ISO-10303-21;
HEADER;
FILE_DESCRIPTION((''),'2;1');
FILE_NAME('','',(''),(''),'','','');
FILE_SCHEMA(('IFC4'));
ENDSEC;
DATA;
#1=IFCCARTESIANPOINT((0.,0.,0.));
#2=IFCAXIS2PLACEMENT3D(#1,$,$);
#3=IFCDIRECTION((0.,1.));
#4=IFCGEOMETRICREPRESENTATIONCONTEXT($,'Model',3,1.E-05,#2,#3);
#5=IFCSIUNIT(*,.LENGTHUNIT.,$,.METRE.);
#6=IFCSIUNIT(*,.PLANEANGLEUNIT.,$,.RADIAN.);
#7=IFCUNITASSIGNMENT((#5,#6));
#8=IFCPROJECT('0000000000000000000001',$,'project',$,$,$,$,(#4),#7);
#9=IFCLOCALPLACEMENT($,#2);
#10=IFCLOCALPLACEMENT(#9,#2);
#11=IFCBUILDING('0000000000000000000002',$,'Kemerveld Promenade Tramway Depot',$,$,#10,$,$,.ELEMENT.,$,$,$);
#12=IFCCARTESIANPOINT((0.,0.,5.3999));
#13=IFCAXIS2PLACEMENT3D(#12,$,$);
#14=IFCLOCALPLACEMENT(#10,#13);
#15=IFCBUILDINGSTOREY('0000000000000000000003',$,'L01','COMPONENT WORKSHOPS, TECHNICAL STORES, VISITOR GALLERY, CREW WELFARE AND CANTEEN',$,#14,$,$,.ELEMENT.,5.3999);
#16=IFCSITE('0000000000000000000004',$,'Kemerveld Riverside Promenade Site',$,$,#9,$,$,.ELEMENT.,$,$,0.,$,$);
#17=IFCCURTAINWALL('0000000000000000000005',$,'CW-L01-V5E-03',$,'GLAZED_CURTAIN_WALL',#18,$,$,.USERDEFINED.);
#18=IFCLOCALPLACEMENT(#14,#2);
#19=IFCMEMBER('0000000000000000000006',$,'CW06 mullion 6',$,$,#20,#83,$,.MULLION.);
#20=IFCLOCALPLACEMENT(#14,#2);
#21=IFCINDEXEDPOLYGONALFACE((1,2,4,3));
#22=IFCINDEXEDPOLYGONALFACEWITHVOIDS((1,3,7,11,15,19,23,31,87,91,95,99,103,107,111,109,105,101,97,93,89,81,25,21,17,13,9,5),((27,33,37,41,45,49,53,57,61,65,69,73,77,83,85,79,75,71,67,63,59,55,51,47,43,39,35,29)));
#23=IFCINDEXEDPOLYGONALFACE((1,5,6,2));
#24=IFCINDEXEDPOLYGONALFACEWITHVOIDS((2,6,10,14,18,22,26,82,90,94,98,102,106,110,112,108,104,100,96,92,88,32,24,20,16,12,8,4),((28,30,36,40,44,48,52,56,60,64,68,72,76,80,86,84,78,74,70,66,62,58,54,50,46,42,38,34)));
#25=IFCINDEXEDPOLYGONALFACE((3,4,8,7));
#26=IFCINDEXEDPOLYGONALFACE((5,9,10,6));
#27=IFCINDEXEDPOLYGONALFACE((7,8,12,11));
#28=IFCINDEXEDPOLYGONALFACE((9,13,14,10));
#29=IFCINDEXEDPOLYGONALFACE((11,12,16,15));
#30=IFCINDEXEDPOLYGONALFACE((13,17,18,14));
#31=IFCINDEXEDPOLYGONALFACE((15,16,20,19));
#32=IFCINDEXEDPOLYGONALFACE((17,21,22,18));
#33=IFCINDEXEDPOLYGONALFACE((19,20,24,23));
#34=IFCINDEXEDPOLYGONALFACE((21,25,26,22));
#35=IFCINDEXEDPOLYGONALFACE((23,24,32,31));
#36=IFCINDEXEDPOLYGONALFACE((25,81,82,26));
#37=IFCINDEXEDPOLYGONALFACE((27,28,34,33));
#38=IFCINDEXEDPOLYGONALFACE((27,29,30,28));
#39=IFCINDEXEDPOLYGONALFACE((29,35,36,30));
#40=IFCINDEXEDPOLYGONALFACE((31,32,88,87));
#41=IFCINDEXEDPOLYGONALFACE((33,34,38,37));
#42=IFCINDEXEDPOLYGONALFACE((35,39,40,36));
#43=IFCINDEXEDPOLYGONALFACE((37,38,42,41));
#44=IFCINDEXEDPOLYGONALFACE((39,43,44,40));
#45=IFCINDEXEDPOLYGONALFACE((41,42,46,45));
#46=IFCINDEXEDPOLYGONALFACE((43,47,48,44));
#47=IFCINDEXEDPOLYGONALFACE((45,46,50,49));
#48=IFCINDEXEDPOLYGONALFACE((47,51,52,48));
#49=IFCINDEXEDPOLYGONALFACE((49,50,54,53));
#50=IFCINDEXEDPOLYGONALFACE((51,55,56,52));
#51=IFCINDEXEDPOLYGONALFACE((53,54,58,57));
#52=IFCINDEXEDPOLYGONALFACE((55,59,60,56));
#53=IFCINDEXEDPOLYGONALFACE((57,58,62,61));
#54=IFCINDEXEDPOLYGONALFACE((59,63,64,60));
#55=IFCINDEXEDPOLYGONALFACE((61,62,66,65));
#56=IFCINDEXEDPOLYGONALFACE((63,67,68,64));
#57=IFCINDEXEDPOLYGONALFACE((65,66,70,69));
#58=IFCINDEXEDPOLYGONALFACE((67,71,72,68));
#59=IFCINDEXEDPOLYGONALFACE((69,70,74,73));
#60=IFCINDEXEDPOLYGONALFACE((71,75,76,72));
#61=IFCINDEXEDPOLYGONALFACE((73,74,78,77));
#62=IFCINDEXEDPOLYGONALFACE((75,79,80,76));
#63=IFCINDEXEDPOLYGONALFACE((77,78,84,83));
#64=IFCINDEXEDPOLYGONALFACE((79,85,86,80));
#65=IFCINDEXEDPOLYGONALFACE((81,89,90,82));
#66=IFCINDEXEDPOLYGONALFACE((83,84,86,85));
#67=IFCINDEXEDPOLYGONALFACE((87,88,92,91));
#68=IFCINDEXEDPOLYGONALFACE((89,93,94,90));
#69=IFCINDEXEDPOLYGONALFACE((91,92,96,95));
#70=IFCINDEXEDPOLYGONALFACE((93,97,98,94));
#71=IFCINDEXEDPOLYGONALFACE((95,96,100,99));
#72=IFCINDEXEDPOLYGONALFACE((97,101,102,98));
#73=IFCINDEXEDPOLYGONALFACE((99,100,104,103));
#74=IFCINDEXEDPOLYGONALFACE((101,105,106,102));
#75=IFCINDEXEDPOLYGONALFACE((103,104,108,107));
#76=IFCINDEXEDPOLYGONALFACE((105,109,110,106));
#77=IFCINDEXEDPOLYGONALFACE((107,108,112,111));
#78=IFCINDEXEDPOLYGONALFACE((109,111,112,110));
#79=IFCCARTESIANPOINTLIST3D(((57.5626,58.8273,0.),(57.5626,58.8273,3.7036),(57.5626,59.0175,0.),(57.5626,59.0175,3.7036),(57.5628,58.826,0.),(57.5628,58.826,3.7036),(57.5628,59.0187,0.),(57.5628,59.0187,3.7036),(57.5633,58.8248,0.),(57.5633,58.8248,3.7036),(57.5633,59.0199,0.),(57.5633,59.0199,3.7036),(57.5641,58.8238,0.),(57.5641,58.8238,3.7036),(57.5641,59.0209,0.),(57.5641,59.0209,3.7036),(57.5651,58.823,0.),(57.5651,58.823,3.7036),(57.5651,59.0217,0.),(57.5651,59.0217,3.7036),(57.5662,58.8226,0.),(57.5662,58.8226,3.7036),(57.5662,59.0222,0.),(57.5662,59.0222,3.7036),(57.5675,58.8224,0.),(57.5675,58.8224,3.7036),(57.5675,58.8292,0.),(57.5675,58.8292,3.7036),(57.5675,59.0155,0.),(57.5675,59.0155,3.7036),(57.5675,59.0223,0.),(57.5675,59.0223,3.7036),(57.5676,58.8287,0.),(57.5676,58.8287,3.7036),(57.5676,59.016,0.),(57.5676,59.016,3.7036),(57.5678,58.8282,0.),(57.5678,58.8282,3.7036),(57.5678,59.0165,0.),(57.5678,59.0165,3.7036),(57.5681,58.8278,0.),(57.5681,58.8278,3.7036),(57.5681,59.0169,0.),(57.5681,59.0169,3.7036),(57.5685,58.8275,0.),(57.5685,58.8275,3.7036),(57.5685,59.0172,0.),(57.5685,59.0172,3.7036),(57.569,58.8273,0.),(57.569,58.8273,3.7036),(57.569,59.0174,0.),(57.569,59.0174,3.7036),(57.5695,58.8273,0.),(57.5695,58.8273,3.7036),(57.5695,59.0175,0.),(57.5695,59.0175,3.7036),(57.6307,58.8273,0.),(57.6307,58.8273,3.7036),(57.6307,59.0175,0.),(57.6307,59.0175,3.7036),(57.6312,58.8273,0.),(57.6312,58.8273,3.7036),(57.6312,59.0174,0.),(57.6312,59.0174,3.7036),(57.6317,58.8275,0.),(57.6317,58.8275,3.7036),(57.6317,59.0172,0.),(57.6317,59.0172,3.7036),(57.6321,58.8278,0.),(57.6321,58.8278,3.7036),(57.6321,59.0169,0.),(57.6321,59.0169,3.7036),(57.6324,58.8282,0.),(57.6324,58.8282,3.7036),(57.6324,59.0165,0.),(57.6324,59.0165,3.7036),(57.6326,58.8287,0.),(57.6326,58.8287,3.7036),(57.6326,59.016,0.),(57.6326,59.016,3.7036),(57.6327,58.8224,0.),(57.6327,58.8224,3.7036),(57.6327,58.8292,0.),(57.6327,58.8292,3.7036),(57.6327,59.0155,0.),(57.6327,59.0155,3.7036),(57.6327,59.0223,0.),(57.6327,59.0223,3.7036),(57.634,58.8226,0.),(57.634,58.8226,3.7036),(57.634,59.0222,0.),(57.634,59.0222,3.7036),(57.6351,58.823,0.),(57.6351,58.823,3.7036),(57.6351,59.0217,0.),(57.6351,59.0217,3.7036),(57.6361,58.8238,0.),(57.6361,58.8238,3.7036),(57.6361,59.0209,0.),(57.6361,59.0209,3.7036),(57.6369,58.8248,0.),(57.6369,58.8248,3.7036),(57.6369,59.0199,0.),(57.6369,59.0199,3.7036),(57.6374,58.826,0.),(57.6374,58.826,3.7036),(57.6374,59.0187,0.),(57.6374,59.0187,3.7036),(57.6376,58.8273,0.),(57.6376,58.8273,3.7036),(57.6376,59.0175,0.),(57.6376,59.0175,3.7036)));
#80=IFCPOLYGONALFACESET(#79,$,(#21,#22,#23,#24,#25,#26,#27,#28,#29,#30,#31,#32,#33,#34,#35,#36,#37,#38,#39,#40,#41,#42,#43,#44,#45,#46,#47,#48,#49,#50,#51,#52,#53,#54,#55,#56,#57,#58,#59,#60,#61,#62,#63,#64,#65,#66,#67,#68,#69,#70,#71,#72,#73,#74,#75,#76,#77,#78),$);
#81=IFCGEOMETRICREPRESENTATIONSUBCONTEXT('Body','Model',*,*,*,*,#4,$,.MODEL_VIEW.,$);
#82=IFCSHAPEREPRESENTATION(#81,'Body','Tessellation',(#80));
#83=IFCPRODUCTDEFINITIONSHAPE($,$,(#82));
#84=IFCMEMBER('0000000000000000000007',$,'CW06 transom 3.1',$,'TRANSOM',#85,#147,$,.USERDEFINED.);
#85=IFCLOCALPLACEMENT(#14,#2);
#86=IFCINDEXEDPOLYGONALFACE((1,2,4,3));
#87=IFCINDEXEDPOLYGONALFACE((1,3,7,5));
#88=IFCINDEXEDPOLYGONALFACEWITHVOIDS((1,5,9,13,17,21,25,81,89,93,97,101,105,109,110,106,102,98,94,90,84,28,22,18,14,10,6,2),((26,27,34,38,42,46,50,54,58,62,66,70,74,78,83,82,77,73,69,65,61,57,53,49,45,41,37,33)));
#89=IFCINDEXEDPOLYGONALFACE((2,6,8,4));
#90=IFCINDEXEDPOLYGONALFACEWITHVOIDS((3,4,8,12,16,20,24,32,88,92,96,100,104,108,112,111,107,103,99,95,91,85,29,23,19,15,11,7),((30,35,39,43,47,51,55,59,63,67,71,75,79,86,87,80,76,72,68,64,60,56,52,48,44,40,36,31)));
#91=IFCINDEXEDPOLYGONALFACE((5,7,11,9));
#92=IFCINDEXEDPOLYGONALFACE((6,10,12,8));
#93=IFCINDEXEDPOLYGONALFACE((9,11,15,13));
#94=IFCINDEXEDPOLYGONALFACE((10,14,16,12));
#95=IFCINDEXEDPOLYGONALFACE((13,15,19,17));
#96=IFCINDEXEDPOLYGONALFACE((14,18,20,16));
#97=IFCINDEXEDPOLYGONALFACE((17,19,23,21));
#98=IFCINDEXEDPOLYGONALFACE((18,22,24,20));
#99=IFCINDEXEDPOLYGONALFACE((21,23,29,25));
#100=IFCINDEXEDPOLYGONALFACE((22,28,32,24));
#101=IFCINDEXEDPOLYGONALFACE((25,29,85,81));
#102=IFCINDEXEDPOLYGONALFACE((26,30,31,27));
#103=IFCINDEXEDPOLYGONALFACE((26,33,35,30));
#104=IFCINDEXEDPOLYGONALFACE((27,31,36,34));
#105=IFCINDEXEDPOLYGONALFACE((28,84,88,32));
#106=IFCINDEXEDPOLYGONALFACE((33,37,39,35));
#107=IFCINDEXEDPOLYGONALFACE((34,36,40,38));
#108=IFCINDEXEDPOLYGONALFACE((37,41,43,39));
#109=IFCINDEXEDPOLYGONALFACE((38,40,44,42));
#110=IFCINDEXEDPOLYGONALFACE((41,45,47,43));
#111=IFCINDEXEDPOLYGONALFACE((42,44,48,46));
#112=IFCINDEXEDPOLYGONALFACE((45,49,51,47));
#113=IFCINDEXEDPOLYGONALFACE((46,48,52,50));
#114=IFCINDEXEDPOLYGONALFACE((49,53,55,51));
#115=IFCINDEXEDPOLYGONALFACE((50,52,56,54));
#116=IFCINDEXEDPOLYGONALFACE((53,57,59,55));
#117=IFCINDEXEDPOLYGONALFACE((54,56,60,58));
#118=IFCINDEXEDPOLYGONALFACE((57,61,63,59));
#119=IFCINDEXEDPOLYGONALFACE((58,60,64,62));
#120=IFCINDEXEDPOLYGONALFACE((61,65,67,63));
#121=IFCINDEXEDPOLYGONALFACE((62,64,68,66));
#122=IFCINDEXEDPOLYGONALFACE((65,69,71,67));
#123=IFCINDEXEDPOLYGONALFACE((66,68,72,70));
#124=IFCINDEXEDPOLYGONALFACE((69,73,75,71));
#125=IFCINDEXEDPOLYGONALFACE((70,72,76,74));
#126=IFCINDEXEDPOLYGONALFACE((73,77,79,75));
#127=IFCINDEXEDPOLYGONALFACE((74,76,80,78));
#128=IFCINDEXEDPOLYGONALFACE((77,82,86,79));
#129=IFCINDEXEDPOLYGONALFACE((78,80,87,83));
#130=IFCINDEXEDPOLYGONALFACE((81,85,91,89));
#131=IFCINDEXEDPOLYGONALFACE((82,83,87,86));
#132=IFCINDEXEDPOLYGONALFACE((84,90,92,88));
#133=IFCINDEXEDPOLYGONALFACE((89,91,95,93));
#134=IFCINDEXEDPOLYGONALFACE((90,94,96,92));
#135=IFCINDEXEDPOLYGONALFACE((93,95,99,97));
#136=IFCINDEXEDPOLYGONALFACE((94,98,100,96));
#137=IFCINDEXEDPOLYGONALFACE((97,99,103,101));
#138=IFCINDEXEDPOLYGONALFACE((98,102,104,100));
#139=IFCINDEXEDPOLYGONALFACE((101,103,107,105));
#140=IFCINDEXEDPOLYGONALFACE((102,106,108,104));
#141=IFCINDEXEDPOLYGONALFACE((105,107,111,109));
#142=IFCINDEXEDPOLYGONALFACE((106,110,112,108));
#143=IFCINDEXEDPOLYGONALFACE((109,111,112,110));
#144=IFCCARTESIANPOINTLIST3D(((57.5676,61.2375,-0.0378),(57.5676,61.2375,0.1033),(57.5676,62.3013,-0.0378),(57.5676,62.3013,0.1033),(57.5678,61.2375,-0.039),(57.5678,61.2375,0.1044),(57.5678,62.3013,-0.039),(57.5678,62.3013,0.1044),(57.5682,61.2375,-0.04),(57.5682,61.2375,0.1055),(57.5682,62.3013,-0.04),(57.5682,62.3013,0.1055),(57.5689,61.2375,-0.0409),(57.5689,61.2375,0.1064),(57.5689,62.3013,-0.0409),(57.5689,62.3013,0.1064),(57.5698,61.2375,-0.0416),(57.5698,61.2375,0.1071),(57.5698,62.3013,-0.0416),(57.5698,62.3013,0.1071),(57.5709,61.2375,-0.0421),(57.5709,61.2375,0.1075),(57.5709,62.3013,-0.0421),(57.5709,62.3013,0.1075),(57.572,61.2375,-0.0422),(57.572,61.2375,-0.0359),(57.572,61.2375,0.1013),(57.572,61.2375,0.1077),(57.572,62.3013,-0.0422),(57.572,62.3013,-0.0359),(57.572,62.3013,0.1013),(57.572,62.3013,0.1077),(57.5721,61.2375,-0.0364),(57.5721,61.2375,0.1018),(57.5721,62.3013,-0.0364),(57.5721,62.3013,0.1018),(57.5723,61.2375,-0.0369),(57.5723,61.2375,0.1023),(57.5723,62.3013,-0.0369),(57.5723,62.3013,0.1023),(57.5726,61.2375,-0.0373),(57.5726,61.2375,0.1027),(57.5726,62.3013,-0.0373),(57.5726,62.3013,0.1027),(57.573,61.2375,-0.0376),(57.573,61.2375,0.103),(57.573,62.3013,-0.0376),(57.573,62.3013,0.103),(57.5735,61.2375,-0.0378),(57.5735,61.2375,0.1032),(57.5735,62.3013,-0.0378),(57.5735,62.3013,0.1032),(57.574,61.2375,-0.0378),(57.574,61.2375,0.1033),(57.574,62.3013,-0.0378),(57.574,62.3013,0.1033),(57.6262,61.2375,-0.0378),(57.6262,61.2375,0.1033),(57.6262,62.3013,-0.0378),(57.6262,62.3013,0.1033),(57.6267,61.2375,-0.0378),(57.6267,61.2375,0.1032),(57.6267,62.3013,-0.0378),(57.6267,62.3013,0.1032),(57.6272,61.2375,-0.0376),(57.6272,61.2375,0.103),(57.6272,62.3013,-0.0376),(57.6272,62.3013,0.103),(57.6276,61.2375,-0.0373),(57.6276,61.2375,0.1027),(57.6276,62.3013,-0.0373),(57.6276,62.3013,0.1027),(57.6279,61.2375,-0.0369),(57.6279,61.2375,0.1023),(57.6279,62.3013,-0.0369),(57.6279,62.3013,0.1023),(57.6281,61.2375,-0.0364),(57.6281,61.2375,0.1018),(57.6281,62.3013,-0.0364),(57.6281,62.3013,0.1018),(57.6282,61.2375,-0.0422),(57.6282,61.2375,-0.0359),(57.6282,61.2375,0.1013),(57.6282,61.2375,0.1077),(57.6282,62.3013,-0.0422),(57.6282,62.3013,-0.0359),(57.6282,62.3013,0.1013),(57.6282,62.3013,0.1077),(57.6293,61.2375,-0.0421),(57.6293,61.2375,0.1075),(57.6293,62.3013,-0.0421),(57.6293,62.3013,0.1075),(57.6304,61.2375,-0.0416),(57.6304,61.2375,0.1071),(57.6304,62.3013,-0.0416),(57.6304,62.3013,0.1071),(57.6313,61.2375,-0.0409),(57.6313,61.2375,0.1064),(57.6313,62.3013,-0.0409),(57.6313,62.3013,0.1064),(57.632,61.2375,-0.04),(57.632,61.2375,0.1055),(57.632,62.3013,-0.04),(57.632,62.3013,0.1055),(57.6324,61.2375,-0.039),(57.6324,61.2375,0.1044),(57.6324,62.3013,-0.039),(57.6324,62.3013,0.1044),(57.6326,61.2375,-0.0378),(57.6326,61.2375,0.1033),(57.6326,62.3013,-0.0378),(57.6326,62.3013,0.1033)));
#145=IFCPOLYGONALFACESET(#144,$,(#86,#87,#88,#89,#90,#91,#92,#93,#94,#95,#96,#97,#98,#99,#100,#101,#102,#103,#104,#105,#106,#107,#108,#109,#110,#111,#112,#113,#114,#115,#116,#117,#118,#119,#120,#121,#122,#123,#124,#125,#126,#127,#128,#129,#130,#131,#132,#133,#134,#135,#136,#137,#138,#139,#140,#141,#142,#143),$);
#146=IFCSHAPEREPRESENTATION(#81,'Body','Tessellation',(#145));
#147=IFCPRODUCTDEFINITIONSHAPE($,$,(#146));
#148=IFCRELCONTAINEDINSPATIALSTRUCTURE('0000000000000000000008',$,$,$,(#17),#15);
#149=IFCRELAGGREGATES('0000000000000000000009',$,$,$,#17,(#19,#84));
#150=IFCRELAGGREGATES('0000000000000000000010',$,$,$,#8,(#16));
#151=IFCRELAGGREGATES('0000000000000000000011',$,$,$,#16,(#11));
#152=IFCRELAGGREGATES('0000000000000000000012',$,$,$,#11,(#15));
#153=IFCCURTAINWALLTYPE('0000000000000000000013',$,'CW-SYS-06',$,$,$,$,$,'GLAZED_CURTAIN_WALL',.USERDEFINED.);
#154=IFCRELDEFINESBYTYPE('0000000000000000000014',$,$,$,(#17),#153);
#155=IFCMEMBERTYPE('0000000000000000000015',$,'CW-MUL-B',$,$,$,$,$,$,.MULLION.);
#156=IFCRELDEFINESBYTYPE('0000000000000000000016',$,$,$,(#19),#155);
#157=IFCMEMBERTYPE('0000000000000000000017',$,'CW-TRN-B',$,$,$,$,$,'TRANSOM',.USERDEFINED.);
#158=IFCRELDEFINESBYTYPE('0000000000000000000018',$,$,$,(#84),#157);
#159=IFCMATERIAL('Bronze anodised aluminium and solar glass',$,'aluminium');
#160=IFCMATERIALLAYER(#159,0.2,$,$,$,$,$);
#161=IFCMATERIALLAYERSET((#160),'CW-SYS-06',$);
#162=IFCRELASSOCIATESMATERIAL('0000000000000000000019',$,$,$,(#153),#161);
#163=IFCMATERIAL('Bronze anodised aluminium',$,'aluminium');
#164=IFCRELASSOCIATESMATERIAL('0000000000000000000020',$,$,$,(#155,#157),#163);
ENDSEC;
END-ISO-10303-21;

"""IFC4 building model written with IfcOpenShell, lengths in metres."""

from ifc_helpers import new_model, si_unit, direction, frame, origin, origin_2d, place, context, subcontext, project, spatial, hollow_rectangle, extrude, material, layer, layer_set, material_profile, profile_set, type_object, element, aggregate, save


model = new_model("IFC4")

# Units and contexts
model_context = context("Model", 3, precision=1e-05, world=origin(), true_north=direction((0.0, 1.0)))
body_context = subcontext(model_context, "Body", "Model", "MODEL_VIEW")
ifc_project = project(units=[si_unit("LENGTHUNIT", "METRE"), si_unit("PLANEANGLEUNIT", "RADIAN")], contexts=[model_context])

# Site, building, storey
site_placement = place(None, origin())
site = spatial("IfcSite", under=ifc_project, at=site_placement, Name="Kemerveld Riverside Promenade Site", CompositionType="ELEMENT", RefElevation=0.0)
building_placement = place(site_placement, origin())
building = spatial("IfcBuilding", under=site, at=building_placement, Name="Kemerveld Promenade Tramway Depot", CompositionType="ELEMENT")
storey_placement = place(building_placement, frame((0.0, 0.0, 5.3999)))
storey = spatial("IfcBuildingStorey", under=building, at=storey_placement, Name="L01", Description="COMPONENT WORKSHOPS, TECHNICAL STORES, VISITOR GALLERY, CREW WELFARE AND CANTEEN", CompositionType="ELEMENT", Elevation=5.3999)

# Curtain wall, members
ifc_material_1 = material(Name="Bronze anodised aluminium and solar glass", Category="aluminium")
ifc_layer_1 = layer(ifc_material_1, 0.2)
ifc_layer_set_1 = layer_set([ifc_layer_1], Name="CW-SYS-06")
curtain_wall_type = type_object("IfcCurtainWallType", Name="CW-SYS-06", ElementType="GLAZED_CURTAIN_WALL", PredefinedType="USERDEFINED", material=ifc_layer_set_1)
curtain_wall_placement = place(storey_placement, origin())
curtain_wall = element("IfcCurtainWall", 1, at=curtain_wall_placement, inside=storey, type_object=curtain_wall_type, Name="CW-L01-V5E-03", ObjectType="GLAZED_CURTAIN_WALL", PredefinedType="USERDEFINED")
ifc_material_2 = material(Name="Bronze anodised aluminium", Category="aluminium")
ifc_material_profile_1 = material_profile(ifc_material_2, hollow_rectangle(XDim=0.075, YDim=0.2, WallThickness=0.0049, InnerFilletRadius=0.002, OuterFilletRadius=0.0049, at=origin_2d()), Name="CW-MUL-200x75")
ifc_profile_set_1 = profile_set([ifc_material_profile_1], Name="Bronze anodised aluminium")
member_type_1 = type_object("IfcMemberType", Name="CW-MUL-B", PredefinedType="MULLION", material=ifc_profile_set_1)
member_1_placement = place(storey_placement, frame((57.6001, 58.9224, 0.0), z_axis=(0.0, 0.0, 1.0), x_axis=(1.0, 0.0, 0.0)))
member_1 = element("IfcMember", 2, at=member_1_placement, type_object=member_type_1, Name="CW06 mullion 6", PredefinedType="MULLION", context=body_context, shape_type="SweptSolid", body=[
    extrude(hollow_rectangle(XDim=0.075, YDim=0.2, WallThickness=0.0049, InnerFilletRadius=0.002, OuterFilletRadius=0.0049, at=origin_2d()), origin(), (0.0, 0.0, 1.0), 3.7036),
])
ifc_material_profile_2 = material_profile(ifc_material_2, hollow_rectangle(XDim=0.0649, YDim=0.1499, WallThickness=0.0044, InnerFilletRadius=0.002, OuterFilletRadius=0.0044, at=origin_2d()), Name="CW-TRN-150x65")
ifc_profile_set_2 = profile_set([ifc_material_profile_2], Name="Bronze anodised aluminium")
member_type_2 = type_object("IfcMemberType", Name="CW-TRN-B", ElementType="TRANSOM", PredefinedType="USERDEFINED", material=ifc_profile_set_2)
member_2_placement = place(storey_placement, frame((57.6001, 62.3013, 0.0327), z_axis=(0.0, -1.0, 0.0), x_axis=(1.0, 0.0, 0.0)))
member_2 = element("IfcMember", 3, at=member_2_placement, type_object=member_type_2, Name="CW06 transom 3.1", ObjectType="TRANSOM", PredefinedType="USERDEFINED", context=body_context, shape_type="SweptSolid", body=[
    extrude(hollow_rectangle(XDim=0.0649, YDim=0.1499, WallThickness=0.0044, InnerFilletRadius=0.002, OuterFilletRadius=0.0044, at=origin_2d()), origin(), (0.0, 0.0, 1.0), 1.0637),
])
aggregate(curtain_wall, [member_1, member_2])

save(model, "model.ifc")
